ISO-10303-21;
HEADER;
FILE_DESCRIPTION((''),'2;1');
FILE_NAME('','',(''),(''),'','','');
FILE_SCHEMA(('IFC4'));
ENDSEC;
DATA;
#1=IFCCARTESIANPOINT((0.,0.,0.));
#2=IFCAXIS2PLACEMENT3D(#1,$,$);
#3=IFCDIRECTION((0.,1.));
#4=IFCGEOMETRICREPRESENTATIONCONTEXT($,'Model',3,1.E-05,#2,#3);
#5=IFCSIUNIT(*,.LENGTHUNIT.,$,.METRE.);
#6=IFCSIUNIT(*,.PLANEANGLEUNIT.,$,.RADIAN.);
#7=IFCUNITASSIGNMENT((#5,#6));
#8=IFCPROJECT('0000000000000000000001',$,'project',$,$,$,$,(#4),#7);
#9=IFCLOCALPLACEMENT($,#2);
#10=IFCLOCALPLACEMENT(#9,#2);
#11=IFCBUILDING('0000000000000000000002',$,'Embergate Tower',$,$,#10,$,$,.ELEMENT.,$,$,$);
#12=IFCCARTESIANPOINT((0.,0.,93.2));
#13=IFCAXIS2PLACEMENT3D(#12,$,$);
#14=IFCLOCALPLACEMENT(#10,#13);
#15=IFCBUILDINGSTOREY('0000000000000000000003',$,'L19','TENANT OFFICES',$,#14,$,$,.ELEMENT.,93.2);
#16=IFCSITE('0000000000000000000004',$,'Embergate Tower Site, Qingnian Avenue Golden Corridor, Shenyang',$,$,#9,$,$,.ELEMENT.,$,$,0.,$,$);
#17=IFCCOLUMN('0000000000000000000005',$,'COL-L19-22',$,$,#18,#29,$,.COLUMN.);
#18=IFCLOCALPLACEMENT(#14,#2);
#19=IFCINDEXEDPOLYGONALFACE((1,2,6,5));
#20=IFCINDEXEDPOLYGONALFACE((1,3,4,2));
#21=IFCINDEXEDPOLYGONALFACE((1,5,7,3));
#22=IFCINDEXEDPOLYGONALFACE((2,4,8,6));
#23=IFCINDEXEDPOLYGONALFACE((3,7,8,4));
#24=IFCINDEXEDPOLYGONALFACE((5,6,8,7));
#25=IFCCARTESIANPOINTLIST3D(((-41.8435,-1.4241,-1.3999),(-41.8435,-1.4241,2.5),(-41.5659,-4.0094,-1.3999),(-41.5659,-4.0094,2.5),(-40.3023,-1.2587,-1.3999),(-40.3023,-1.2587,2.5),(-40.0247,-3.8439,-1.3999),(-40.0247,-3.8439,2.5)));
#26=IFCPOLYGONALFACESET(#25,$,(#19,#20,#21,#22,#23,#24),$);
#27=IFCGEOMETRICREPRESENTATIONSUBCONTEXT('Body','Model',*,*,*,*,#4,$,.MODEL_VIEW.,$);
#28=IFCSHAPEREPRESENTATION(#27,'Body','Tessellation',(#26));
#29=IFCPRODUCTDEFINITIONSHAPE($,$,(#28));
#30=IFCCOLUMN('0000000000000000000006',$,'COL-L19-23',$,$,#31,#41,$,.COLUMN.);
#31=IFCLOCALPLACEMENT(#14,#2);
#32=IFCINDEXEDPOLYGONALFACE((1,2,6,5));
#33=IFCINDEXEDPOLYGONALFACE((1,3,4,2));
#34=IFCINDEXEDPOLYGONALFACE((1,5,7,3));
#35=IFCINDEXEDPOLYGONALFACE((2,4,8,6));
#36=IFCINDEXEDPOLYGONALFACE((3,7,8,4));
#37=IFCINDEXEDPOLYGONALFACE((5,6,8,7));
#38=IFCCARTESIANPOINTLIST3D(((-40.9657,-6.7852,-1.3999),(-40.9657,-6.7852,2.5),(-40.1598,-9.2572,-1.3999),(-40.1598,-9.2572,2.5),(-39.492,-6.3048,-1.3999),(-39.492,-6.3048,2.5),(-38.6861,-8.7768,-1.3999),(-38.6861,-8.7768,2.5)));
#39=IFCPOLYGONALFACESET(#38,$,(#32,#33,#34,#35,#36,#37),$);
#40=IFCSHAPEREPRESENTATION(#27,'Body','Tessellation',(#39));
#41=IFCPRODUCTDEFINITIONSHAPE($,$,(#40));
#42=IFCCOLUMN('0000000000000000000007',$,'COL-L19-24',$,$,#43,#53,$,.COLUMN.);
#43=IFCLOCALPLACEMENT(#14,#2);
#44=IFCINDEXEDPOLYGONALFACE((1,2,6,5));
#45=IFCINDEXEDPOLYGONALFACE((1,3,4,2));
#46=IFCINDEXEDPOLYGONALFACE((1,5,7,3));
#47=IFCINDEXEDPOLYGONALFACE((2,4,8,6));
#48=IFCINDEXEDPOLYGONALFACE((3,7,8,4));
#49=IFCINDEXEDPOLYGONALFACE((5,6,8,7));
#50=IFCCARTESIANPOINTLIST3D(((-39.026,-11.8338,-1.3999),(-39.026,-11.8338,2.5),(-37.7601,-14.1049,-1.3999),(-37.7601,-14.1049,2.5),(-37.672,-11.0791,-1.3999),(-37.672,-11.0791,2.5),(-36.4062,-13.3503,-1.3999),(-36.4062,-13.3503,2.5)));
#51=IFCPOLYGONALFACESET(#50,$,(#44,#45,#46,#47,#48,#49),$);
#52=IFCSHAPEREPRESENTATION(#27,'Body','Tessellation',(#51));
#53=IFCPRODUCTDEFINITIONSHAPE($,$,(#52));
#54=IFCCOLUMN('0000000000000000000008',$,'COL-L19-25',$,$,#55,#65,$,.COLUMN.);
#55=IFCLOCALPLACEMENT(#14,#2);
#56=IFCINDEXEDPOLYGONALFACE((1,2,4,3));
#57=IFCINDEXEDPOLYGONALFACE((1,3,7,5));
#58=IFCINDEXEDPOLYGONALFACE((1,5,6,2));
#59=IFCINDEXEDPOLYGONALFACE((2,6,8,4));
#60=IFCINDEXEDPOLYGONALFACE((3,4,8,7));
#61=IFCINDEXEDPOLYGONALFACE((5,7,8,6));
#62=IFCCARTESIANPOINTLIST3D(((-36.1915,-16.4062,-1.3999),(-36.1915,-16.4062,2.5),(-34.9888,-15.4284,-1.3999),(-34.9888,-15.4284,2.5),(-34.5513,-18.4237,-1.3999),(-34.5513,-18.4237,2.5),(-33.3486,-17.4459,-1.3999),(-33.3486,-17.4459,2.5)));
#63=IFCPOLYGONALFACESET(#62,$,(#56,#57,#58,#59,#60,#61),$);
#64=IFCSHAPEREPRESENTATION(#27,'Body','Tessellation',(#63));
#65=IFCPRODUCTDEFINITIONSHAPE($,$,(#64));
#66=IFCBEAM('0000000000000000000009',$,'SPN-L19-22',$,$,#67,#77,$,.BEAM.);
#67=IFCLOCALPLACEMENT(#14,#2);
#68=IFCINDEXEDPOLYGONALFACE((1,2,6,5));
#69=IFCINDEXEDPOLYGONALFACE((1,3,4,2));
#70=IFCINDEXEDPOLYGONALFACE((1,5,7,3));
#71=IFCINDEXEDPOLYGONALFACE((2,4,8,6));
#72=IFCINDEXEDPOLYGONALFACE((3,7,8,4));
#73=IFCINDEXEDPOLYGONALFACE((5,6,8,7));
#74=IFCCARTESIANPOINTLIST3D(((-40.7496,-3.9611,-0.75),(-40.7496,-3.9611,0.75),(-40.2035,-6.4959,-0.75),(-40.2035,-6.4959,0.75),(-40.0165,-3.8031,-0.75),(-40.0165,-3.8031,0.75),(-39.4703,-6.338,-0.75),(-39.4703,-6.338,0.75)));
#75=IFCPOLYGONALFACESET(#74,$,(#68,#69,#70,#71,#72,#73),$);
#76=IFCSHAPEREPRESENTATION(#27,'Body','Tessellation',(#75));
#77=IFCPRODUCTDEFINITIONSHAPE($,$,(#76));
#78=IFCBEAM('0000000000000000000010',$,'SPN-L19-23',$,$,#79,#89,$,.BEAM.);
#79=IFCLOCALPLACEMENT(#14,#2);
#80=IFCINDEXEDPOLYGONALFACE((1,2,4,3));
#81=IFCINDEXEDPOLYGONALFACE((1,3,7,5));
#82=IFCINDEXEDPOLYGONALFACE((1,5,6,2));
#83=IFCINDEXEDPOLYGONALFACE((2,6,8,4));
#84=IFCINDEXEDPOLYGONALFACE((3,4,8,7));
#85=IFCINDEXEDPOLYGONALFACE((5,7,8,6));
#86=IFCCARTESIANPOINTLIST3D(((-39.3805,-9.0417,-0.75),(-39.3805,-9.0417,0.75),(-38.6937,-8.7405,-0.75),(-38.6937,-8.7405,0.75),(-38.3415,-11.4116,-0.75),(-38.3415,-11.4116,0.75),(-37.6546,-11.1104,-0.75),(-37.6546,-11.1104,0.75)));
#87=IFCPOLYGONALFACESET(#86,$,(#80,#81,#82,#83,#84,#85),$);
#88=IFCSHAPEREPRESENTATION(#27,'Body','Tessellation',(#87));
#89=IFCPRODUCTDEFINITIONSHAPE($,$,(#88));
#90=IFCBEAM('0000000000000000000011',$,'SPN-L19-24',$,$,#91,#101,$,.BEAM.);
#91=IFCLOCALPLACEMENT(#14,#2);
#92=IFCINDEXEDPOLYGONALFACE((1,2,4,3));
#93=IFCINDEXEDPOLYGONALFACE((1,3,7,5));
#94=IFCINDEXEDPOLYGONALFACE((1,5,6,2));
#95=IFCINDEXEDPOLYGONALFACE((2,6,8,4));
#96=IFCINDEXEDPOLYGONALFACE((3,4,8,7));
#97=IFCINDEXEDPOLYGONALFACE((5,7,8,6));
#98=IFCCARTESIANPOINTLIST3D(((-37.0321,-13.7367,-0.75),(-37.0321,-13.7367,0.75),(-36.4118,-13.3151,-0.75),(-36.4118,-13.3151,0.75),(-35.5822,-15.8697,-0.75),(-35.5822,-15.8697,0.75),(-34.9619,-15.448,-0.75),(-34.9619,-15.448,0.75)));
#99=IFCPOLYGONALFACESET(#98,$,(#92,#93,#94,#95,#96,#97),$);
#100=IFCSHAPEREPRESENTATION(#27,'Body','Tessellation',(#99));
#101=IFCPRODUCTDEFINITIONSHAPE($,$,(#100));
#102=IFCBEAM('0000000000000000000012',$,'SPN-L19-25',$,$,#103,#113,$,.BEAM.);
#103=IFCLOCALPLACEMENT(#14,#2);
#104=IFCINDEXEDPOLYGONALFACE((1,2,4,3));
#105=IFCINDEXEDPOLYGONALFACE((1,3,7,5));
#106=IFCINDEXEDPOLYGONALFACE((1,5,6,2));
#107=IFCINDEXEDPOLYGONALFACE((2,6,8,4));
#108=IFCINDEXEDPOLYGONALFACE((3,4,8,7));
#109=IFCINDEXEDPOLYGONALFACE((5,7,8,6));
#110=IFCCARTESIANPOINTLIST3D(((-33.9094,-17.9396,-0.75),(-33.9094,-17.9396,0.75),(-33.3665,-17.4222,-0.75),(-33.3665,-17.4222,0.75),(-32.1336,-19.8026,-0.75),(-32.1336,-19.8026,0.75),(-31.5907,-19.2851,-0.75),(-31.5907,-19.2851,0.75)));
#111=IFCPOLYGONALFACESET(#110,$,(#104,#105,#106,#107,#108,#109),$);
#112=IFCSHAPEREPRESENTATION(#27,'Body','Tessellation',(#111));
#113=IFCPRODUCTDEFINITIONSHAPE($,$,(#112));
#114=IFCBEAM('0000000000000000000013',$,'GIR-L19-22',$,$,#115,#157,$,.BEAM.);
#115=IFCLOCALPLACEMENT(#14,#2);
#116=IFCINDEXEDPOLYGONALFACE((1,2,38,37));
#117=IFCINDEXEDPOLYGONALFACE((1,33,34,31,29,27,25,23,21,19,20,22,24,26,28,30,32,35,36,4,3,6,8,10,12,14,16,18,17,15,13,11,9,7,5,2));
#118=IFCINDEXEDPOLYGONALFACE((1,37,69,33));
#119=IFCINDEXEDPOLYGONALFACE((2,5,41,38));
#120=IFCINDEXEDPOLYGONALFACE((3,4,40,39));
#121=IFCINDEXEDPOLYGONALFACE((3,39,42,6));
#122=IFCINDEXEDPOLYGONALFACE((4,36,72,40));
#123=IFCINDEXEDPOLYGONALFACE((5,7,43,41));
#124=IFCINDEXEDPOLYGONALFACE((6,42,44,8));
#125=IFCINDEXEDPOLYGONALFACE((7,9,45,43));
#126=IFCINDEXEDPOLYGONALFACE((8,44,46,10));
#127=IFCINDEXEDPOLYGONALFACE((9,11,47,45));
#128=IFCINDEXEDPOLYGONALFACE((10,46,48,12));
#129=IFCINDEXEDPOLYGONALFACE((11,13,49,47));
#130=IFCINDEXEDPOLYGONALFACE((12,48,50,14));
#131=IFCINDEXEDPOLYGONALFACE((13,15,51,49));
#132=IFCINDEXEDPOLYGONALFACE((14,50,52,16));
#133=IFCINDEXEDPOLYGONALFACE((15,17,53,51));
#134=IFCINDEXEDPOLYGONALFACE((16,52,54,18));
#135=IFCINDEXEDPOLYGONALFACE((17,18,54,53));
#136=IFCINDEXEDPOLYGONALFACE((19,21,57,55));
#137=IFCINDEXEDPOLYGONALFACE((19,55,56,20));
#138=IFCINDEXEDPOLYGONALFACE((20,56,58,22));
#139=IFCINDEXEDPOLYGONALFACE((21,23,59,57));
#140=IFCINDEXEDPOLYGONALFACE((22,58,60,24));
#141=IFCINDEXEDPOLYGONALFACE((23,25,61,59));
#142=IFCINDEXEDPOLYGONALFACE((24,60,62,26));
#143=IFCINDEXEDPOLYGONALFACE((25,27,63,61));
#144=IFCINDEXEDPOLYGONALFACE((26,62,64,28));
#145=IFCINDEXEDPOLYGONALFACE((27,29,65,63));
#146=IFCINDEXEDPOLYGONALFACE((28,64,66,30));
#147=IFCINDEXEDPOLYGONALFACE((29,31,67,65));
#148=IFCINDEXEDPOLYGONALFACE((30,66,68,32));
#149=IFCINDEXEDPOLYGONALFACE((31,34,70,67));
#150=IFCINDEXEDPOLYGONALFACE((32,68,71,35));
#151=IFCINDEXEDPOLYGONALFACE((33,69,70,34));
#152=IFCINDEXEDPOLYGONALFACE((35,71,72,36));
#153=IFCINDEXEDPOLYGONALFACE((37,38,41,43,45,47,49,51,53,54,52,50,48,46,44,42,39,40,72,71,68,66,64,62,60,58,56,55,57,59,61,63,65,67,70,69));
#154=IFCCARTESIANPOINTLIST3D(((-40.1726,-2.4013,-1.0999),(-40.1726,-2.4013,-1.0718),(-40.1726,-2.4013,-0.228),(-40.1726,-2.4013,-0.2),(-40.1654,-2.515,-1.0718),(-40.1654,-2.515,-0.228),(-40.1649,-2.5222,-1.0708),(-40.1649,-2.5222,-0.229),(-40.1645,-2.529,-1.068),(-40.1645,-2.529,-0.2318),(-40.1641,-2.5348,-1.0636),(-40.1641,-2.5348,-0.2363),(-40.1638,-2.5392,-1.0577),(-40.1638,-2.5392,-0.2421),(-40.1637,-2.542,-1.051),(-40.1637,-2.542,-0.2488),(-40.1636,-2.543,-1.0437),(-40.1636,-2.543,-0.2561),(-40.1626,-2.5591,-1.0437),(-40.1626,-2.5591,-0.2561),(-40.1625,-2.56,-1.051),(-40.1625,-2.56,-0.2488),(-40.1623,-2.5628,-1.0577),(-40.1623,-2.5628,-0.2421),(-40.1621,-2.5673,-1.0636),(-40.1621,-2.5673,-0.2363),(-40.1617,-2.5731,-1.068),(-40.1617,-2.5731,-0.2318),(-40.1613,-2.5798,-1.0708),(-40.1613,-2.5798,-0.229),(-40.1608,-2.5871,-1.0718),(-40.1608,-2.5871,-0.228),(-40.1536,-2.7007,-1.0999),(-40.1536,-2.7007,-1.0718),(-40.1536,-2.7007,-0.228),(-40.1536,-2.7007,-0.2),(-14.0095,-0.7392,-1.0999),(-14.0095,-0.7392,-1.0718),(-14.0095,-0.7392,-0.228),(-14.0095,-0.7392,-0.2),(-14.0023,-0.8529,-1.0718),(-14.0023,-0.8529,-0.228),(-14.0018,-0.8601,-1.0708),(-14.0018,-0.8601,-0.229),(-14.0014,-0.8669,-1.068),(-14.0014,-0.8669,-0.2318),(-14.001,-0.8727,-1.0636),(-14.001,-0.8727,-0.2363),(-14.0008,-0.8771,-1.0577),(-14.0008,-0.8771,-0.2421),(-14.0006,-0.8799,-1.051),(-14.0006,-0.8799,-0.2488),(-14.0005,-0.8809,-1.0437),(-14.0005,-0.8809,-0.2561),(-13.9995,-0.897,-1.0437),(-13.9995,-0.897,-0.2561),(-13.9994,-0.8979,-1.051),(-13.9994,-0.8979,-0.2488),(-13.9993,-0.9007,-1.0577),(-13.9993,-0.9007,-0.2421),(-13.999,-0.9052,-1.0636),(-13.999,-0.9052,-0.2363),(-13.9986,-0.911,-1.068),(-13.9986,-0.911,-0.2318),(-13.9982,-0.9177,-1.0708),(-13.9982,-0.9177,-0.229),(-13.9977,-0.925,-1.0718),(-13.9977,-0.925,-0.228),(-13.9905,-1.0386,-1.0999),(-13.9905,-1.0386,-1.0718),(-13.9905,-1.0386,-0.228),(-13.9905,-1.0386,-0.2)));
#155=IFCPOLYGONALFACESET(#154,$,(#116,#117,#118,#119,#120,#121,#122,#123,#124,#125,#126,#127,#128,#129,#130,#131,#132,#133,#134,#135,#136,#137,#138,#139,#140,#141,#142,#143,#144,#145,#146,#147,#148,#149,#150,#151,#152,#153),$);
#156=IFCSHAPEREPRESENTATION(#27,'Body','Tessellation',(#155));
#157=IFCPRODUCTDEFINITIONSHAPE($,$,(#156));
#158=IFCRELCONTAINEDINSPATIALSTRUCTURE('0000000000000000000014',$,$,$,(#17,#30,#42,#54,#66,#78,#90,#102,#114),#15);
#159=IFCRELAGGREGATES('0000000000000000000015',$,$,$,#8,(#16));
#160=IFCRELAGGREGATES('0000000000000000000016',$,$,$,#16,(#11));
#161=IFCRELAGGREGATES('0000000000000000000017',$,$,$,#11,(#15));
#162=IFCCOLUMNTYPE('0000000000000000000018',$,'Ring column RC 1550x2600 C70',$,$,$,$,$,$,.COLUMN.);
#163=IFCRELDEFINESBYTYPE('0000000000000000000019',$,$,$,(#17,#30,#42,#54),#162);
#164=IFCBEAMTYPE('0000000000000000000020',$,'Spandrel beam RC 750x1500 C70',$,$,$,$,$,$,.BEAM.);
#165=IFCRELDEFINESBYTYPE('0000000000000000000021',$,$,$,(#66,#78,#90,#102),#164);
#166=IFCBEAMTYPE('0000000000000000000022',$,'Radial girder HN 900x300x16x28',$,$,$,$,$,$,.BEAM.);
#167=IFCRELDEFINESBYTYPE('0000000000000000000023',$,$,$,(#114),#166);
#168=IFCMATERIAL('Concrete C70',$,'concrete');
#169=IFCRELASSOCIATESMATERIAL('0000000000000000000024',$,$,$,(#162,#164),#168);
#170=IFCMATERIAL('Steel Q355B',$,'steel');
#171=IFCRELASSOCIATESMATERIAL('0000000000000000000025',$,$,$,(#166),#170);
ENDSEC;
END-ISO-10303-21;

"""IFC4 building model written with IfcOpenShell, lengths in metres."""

from ifc_helpers import new_model, si_unit, direction, frame, origin, origin_2d, place, context, subcontext, project, spatial, rectangle, i_section, extrude, source, transform, mapped, material, material_profile, profile_set, type_object, element, save


model = new_model("IFC4")

# Units and contexts
model_context = context("Model", 3, precision=1e-05, world=origin(), true_north=direction((0.0, 1.0)))
body_context = subcontext(model_context, "Body", "Model", "MODEL_VIEW")
ifc_project = project(units=[si_unit("LENGTHUNIT", "METRE"), si_unit("PLANEANGLEUNIT", "RADIAN")], contexts=[model_context])

# Site, building, storey
site_placement = place(None, origin())
site = spatial("IfcSite", under=ifc_project, at=site_placement, Name="Embergate Tower Site, Qingnian Avenue Golden Corridor, Shenyang", CompositionType="ELEMENT", RefElevation=0.0)
building_placement = place(site_placement, origin())
building = spatial("IfcBuilding", under=site, at=building_placement, Name="Embergate Tower", CompositionType="ELEMENT")
storey_placement = place(building_placement, frame((0.0, 0.0, 93.2)))
storey = spatial("IfcBuildingStorey", under=building, at=storey_placement, Name="L19", Description="TENANT OFFICES", CompositionType="ELEMENT", Elevation=93.2)

# Columns
ifc_material_1 = material(Name="Concrete C70", Category="concrete")
ifc_material_profile_1 = material_profile(ifc_material_1, rectangle(XDim=1.55, YDim=2.6001, at=origin_2d()), Name="RC 1550x2600")
ifc_profile_set_1 = profile_set([ifc_material_profile_1], Name="Concrete C70")
column_type = type_object("IfcColumnType", Name="Ring column RC 1550x2600 C70", PredefinedType="COLUMN", material=ifc_profile_set_1)
shared_shape_1 = source(origin(), body_context, "Body", "SweptSolid", [
    extrude(rectangle(XDim=1.55, YDim=2.6001, at=origin_2d()), origin(), (0.0, 0.0, 1.0), 3.8999),
])
for number, where, z_axis, x_axis, name in (
    (1, (-40.9341, -2.634, -1.3999), (0.0, 0.0, 1.0), (-0.994286, -0.10675, 0.0), "COL-L19-22"),
    (2, (-39.8259, -7.781, -1.3999), (0.0, 0.0, 1.0), (-0.950754, -0.309946, 0.0), "COL-L19-23"),
    (3, (-37.7161, -12.592, -1.3999), (0.0, 0.0, 1.0), (-0.873492, -0.486839, 0.0), "COL-L19-24"),
    (4, (-34.77, -16.926, -1.3999), (0.0, 0.0, 1.0), (-0.775925, -0.630825, 0.0), "COL-L19-25"),
):
    element("IfcColumn", number, at=place(storey_placement, frame(where, z_axis=z_axis, x_axis=x_axis)), inside=storey, type_object=column_type, Name=name, PredefinedType="COLUMN", context=body_context, shape_type="MappedRepresentation", body=[
        mapped(shared_shape_1, transform((0.0, 0.0, 0.0))),
    ])

# Beams
ifc_material_profile_2 = material_profile(ifc_material_1, rectangle(XDim=0.75, YDim=1.5, at=origin_2d()), Name="RC 750x1500")
ifc_profile_set_2 = profile_set([ifc_material_profile_2], Name="Concrete C70")
beam_type_1 = type_object("IfcBeamType", Name="Spandrel beam RC 750x1500 C70", PredefinedType="BEAM", material=ifc_profile_set_2)
shared_shape_2 = source(origin(), body_context, "Body", "SweptSolid", [
    extrude(rectangle(XDim=0.75, YDim=1.5, at=origin_2d()), origin(), (0.0, 0.0, 1.0), 2.593),
])
beam_1_placement = place(storey_placement, frame((-40.3831, -3.8821, 0.0), z_axis=(0.210616, -0.977569, 0.0), x_axis=(0.977569, 0.210616, 0.0)))
element("IfcBeam", 5, at=beam_1_placement, inside=storey, type_object=beam_type_1, Name="SPN-L19-22", PredefinedType="BEAM", context=body_context, shape_type="MappedRepresentation", body=[
    mapped(shared_shape_2, transform((0.0, 0.0, 0.0))),
])
shared_shape_3 = source(origin(), body_context, "Body", "SweptSolid", [
    extrude(rectangle(XDim=0.75, YDim=1.5, at=origin_2d()), origin(), (0.0, 0.0, 1.0), 2.5876),
])
beam_2_placement = place(storey_placement, frame((-39.0371, -8.8911, 0.0), z_axis=(0.401546, -0.915839, 0.0), x_axis=(0.915839, 0.401546, 0.0)))
element("IfcBeam", 6, at=beam_2_placement, inside=storey, type_object=beam_type_1, Name="SPN-L19-23", PredefinedType="BEAM", context=body_context, shape_type="MappedRepresentation", body=[
    mapped(shared_shape_3, transform((0.0, 0.0, 0.0))),
])
shared_shape_4 = source(origin(), body_context, "Body", "SweptSolid", [
    extrude(rectangle(XDim=0.75, YDim=1.5, at=origin_2d()), origin(), (0.0, 0.0, 1.0), 2.5791),
])
beam_3_placement = place(storey_placement, frame((-36.7219, -13.5259, 0.0), z_axis=(0.56217, -0.827022, 0.0), x_axis=(0.827022, 0.56217, 0.0)))
element("IfcBeam", 7, at=beam_3_placement, inside=storey, type_object=beam_type_1, Name="SPN-L19-24", PredefinedType="BEAM", context=body_context, shape_type="MappedRepresentation", body=[
    mapped(shared_shape_4, transform((0.0, 0.0, 0.0))),
])
shared_shape_5 = source(origin(), body_context, "Body", "SweptSolid", [
    extrude(rectangle(XDim=0.75, YDim=1.5, at=origin_2d()), origin(), (0.0, 0.0, 1.0), 2.5737),
])
beam_4_placement = place(storey_placement, frame((-33.6379, -17.6809, 0.0), z_axis=(0.689972, -0.723836, 0.0), x_axis=(0.723836, 0.689972, 0.0)))
element("IfcBeam", 8, at=beam_4_placement, inside=storey, type_object=beam_type_1, Name="SPN-L19-25", PredefinedType="BEAM", context=body_context, shape_type="MappedRepresentation", body=[
    mapped(shared_shape_5, transform((0.0, 0.0, 0.0))),
])
ifc_material_2 = material(Name="Steel Q355B", Category="steel")
ifc_material_profile_3 = material_profile(ifc_material_2, i_section(OverallWidth=0.3, OverallDepth=0.8999, WebThickness=0.0161, FlangeThickness=0.0281, FilletRadius=0.0281, at=origin_2d()), Name="HN 900x300x16x28")
ifc_profile_set_3 = profile_set([ifc_material_profile_3], Name="Steel Q355 grade B")
beam_type_2 = type_object("IfcBeamType", Name="Radial girder HN 900x300x16x28", PredefinedType="BEAM", material=ifc_profile_set_3)
shared_shape_6 = source(origin(), body_context, "Body", "SweptSolid", [
    extrude(i_section(OverallWidth=0.3, OverallDepth=0.8999, WebThickness=0.0161, FlangeThickness=0.0281, FilletRadius=0.0281, at=origin_2d()), origin(), (0.0, 0.0, 1.0), 26.2158),
])
beam_5_placement = place(storey_placement, frame((-40.1631, -2.551, -0.6499), z_axis=(0.997988, 0.063401, 0.0), x_axis=(-0.063401, 0.997988, 0.0)))
element("IfcBeam", 9, at=beam_5_placement, inside=storey, type_object=beam_type_2, Name="GIR-L19-22", PredefinedType="BEAM", context=body_context, shape_type="MappedRepresentation", body=[
    mapped(shared_shape_6, transform((0.0, 0.0, 0.0))),
])

save(model, "model.ifc")
